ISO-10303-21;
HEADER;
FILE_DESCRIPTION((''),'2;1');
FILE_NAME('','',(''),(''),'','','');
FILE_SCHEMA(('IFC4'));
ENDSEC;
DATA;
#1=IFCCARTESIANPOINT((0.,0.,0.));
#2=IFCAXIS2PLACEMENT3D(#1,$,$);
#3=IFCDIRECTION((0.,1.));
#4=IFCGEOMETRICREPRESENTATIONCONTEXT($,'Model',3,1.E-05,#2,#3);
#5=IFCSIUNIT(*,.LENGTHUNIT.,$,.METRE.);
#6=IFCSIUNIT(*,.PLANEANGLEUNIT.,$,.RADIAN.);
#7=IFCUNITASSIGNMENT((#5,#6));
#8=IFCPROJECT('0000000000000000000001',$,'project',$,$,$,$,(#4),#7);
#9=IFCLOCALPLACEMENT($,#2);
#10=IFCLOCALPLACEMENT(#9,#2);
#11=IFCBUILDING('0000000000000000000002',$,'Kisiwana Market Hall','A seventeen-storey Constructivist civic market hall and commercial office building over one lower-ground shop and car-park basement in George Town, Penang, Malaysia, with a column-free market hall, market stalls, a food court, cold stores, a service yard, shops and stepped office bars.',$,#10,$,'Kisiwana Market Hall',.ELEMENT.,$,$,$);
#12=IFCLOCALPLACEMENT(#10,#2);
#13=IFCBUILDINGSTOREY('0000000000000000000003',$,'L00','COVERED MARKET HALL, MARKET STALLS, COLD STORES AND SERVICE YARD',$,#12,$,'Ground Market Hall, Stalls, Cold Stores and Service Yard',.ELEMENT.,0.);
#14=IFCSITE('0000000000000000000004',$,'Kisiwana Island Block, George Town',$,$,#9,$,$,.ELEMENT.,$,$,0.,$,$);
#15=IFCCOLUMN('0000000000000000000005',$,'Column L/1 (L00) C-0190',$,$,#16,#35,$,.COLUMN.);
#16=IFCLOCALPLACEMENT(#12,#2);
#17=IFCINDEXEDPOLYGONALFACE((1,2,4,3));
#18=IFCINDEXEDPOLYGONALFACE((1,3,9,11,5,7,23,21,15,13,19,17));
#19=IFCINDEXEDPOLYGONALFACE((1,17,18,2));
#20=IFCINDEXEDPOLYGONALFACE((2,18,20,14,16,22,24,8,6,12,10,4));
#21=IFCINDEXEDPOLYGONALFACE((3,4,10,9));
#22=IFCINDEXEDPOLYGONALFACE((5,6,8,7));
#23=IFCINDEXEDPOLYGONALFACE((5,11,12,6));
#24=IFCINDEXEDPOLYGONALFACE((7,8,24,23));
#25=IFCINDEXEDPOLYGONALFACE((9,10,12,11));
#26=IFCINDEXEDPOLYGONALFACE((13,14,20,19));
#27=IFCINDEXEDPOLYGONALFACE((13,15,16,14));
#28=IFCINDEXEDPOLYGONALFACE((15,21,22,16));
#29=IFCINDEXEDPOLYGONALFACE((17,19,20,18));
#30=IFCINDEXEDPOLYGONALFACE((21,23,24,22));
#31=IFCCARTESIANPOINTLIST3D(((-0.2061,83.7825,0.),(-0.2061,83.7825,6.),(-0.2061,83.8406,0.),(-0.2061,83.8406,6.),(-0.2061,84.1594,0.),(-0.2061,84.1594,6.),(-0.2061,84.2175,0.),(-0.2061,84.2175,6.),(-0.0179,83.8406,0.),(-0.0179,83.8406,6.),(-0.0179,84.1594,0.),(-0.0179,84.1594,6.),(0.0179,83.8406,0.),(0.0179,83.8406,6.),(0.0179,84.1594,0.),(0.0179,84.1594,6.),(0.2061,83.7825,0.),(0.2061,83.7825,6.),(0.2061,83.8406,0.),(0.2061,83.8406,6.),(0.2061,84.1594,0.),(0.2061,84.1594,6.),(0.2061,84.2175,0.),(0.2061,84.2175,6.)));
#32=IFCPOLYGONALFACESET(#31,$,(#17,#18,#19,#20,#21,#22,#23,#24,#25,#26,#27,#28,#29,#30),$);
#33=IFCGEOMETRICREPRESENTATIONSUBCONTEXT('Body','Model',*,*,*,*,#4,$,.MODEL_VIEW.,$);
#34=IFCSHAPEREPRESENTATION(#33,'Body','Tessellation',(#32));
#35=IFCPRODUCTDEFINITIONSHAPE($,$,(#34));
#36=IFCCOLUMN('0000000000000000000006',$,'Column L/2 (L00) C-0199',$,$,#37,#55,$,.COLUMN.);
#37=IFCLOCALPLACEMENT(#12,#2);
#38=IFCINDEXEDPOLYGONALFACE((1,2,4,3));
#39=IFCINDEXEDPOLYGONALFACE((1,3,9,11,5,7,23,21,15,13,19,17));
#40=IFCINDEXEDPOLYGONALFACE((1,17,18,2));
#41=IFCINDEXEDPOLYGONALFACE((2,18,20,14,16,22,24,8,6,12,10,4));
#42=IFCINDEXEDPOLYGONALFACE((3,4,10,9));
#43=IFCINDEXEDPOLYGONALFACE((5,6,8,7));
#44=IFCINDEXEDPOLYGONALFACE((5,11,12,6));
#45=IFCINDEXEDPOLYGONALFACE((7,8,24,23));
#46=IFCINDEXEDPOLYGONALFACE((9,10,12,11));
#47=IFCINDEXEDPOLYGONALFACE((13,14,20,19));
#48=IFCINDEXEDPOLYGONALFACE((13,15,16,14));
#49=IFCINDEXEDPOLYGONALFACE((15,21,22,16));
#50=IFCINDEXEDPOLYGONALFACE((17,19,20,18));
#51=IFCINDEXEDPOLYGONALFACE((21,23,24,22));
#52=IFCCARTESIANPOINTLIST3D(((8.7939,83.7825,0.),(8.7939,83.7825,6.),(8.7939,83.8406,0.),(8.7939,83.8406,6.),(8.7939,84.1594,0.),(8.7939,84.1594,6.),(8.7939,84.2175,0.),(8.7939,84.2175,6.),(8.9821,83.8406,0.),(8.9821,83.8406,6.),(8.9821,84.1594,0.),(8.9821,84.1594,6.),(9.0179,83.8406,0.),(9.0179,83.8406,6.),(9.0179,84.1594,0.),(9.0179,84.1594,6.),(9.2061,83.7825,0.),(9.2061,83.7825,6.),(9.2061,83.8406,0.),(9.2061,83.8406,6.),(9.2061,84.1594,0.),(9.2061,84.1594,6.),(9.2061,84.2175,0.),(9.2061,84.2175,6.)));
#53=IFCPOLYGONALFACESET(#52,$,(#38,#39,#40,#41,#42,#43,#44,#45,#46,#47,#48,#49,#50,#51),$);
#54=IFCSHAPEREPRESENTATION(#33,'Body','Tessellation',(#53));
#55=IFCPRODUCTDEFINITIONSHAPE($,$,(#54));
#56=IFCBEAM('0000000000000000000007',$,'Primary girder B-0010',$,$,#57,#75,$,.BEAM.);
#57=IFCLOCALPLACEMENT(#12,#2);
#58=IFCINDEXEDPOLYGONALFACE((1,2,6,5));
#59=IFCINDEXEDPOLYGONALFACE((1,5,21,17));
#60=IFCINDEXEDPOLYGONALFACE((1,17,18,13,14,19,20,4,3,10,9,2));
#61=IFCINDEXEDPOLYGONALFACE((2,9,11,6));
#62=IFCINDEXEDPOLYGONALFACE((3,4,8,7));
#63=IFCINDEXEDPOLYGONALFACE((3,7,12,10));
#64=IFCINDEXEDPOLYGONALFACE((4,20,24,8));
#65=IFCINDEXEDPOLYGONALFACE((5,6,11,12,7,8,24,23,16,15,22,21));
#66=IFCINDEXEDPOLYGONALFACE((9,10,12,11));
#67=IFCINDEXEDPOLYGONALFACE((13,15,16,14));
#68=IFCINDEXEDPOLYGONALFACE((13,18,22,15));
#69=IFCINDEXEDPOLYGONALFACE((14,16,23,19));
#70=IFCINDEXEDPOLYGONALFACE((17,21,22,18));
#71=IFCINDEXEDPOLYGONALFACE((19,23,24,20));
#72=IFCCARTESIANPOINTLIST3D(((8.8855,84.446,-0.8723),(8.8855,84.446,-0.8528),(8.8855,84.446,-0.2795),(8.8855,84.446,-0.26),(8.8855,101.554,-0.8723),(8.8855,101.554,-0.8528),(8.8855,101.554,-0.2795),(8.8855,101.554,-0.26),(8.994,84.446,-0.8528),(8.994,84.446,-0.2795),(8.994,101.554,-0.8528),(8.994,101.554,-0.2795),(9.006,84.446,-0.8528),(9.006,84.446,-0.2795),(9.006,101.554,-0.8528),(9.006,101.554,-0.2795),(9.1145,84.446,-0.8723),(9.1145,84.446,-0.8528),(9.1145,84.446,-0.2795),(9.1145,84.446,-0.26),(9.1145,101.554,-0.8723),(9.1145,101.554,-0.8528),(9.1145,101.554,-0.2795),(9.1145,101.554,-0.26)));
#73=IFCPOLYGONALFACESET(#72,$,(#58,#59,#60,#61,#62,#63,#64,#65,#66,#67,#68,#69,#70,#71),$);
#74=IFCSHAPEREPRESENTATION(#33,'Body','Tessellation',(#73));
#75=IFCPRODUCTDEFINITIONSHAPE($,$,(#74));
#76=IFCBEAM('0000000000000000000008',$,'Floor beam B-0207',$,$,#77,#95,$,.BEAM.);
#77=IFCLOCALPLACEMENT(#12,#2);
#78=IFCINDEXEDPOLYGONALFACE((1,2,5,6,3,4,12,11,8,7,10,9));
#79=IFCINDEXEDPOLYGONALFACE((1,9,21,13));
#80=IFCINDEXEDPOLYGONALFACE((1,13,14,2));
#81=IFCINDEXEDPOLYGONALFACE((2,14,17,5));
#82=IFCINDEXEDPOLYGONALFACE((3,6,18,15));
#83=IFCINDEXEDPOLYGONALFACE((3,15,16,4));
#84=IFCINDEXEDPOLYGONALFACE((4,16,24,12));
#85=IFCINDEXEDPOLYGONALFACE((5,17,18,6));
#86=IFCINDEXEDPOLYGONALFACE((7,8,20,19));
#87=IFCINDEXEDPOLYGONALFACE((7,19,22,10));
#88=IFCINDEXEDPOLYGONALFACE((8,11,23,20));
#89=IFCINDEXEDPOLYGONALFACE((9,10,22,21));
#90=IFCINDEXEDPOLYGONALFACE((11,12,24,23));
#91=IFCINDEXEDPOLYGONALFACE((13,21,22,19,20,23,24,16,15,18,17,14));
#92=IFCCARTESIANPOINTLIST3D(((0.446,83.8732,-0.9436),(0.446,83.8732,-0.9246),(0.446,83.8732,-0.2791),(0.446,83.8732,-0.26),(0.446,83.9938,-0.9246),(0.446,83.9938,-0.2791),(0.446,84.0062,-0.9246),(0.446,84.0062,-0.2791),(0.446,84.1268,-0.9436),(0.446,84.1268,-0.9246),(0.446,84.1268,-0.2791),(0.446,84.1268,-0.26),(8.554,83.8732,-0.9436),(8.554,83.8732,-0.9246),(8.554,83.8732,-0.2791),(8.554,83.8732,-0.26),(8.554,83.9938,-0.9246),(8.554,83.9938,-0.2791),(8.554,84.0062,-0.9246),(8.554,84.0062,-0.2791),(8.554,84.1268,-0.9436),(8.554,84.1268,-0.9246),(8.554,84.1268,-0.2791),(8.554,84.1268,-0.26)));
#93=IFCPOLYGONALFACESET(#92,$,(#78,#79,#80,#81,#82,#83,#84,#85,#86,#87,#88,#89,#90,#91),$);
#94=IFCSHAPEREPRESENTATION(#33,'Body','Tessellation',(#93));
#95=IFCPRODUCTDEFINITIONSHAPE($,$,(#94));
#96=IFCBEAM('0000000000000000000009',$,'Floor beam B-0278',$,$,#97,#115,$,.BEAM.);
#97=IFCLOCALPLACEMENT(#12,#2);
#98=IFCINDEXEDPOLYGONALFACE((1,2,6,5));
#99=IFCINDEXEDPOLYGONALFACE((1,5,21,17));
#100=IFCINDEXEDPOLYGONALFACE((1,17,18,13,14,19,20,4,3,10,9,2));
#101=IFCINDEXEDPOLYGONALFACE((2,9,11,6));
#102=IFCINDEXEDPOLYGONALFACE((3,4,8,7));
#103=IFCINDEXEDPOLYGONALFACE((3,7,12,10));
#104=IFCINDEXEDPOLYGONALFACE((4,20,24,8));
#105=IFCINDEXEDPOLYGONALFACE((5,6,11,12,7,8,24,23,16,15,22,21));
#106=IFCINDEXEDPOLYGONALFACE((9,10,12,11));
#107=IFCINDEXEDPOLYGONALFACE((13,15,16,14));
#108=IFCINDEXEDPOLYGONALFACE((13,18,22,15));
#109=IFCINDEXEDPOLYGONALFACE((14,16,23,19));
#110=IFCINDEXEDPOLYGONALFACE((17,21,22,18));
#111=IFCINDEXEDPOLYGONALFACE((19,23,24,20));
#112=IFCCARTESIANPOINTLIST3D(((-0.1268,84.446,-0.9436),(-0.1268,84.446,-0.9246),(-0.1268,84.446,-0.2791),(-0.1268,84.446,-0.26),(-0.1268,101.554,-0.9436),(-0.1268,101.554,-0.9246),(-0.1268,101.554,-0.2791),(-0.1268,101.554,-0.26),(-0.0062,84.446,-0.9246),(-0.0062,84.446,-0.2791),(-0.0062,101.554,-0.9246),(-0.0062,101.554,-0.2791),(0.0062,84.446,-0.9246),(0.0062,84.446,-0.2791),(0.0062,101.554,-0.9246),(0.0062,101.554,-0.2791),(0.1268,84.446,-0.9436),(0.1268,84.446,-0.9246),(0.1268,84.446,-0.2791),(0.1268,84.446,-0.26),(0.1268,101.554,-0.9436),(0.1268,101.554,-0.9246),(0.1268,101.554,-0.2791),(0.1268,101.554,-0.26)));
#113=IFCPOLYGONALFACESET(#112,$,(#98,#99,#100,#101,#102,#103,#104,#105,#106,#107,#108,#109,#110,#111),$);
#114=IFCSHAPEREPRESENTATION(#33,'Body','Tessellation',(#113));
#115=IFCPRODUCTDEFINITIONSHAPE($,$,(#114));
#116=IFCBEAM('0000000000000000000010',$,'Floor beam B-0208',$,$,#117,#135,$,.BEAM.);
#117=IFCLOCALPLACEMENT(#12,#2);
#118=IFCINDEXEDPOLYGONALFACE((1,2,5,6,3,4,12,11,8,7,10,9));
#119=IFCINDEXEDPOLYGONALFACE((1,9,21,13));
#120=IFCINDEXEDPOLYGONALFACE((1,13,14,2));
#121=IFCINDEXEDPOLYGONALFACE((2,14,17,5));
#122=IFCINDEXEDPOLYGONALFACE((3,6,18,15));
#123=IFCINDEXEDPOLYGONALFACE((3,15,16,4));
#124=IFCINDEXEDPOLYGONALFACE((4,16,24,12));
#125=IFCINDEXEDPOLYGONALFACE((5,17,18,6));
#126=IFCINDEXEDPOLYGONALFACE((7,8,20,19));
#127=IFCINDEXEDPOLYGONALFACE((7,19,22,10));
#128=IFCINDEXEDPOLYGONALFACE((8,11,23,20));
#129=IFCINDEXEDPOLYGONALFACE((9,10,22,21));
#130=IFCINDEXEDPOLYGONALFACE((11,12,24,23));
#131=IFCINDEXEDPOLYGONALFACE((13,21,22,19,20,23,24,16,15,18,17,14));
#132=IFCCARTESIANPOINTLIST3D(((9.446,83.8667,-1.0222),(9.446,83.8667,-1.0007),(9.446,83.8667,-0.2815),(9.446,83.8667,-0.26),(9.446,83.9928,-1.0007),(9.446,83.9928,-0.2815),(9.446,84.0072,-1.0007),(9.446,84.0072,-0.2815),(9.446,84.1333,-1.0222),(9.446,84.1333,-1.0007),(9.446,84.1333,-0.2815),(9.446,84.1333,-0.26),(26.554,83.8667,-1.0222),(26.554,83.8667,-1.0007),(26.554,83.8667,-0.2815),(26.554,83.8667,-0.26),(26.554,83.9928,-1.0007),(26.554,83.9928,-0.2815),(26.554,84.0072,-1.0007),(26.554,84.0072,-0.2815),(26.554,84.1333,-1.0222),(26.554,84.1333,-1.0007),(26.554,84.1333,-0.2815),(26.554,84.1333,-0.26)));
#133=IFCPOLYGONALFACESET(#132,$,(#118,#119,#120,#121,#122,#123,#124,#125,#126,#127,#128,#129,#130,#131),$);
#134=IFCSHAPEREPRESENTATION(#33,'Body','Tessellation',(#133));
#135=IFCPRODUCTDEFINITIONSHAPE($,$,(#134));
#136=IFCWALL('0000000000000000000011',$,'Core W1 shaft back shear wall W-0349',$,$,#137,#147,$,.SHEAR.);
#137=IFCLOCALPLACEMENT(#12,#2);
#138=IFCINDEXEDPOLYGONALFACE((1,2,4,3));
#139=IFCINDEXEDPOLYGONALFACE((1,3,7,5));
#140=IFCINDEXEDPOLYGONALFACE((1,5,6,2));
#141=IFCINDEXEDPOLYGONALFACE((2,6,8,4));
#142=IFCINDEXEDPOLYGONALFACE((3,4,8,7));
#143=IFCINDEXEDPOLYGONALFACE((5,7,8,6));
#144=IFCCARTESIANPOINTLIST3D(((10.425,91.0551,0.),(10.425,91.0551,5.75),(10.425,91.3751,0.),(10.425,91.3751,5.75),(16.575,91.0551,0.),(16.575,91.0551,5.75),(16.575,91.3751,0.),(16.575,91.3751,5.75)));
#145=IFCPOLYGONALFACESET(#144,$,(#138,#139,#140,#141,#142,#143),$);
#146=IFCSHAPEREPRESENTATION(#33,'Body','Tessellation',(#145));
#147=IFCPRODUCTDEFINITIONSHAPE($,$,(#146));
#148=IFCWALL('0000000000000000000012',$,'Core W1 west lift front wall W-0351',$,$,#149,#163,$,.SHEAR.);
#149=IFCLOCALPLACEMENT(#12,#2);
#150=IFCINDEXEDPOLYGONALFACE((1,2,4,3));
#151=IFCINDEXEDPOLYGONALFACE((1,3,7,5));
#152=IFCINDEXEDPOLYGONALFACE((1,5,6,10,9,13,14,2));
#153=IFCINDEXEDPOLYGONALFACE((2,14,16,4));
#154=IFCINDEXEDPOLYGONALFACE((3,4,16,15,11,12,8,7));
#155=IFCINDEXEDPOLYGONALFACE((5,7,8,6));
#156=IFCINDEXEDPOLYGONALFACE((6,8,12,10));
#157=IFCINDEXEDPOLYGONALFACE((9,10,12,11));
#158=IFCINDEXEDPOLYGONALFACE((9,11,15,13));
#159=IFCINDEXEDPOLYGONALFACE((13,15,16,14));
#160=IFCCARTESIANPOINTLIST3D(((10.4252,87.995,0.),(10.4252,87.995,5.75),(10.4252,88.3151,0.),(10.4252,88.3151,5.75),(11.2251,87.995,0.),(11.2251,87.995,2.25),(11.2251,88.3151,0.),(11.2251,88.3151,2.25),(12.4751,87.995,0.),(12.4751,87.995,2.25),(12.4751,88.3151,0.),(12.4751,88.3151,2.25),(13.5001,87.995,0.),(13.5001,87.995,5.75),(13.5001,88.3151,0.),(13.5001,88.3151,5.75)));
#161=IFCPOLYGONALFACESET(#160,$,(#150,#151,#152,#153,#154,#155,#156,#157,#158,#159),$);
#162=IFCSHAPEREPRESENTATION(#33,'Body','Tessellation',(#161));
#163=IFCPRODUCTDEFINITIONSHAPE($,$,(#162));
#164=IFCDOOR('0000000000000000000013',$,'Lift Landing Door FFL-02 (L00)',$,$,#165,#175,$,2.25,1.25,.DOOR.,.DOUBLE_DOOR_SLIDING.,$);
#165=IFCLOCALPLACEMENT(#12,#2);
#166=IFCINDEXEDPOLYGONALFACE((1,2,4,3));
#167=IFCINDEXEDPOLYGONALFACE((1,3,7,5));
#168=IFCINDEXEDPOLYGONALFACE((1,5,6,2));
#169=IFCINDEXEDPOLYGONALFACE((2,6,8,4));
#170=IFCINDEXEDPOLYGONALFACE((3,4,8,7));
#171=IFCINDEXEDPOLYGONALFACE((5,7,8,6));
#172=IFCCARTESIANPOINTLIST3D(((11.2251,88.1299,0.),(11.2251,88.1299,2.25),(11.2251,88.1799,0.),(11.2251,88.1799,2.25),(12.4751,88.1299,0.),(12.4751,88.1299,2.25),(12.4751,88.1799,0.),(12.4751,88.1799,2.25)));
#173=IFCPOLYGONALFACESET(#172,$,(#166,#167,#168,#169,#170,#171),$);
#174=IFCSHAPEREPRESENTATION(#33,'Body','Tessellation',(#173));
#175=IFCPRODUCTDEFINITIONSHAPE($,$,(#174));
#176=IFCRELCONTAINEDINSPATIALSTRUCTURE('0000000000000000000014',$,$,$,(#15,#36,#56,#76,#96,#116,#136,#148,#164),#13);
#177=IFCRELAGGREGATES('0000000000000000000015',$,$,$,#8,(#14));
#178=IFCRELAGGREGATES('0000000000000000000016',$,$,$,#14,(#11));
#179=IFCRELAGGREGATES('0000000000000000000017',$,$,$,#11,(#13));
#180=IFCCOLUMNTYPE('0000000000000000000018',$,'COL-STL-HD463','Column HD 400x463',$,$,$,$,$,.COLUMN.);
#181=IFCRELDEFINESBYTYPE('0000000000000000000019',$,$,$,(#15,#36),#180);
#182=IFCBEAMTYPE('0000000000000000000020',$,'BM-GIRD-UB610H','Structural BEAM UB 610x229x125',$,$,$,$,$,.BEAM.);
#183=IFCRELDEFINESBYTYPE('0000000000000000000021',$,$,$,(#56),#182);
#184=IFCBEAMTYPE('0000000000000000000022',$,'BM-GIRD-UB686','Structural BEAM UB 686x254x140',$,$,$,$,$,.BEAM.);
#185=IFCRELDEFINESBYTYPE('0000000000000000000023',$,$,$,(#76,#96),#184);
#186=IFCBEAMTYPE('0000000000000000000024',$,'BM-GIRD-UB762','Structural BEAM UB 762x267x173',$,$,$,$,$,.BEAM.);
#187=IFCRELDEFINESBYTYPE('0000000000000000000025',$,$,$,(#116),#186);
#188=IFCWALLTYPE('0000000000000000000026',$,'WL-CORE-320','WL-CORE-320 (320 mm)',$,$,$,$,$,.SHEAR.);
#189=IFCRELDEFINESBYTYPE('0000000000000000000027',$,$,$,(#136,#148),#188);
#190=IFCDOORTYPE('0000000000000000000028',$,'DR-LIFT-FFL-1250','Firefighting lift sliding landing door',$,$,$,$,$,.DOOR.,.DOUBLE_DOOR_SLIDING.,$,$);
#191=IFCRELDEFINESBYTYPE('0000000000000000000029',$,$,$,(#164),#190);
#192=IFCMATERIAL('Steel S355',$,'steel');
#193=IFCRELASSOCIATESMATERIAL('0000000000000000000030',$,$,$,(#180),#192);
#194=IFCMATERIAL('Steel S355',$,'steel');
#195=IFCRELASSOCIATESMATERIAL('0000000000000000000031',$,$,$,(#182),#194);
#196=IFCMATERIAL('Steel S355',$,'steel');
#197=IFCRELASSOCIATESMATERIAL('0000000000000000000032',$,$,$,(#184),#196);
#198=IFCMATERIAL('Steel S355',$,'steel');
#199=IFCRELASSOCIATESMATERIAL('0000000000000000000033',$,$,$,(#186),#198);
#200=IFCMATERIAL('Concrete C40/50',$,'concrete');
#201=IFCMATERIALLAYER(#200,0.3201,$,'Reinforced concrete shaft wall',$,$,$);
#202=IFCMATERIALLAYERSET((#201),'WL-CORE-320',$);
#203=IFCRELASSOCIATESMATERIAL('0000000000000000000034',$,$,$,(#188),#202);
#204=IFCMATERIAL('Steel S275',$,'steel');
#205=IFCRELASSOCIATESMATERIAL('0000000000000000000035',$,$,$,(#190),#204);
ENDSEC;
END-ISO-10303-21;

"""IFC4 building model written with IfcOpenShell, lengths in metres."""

from ifc_helpers import new_model, si_unit, direction, frame, frame_2d, origin, origin_2d, place, context, subcontext, project, spatial, rectangle, i_section, extrude, material, layer, layer_set, material_profile, profile_set, type_object, element, fill, save


model = new_model("IFC4")

# Units and contexts
model_context = context("Model", 3, precision=1e-05, world=origin(), true_north=direction((0.0, 1.0)))
body_context = subcontext(model_context, "Body", "Model", "MODEL_VIEW")
ifc_project = project(units=[si_unit("LENGTHUNIT", "METRE"), si_unit("PLANEANGLEUNIT", "RADIAN")], contexts=[model_context])

# Site, building, storey
site_placement = place(None, origin())
site = spatial("IfcSite", under=ifc_project, at=site_placement, Name="Kisiwana Island Block, George Town", CompositionType="ELEMENT", RefElevation=0.0)
building_placement = place(site_placement, origin())
building = spatial("IfcBuilding", under=site, at=building_placement, Name="Kisiwana Market Hall", Description="A seventeen-storey Constructivist civic market hall and commercial office building over one lower-ground shop and car-park basement in George Town, Penang, Malaysia, with a column-free market hall, market stalls, a food court, cold stores, a service yard, shops and stepped office bars.", LongName="Kisiwana Market Hall", CompositionType="ELEMENT")
storey_placement = place(building_placement, origin())
storey = spatial("IfcBuildingStorey", under=building, at=storey_placement, Name="L00", Description="COVERED MARKET HALL, MARKET STALLS, COLD STORES AND SERVICE YARD", LongName="Ground Market Hall, Stalls, Cold Stores and Service Yard", CompositionType="ELEMENT", Elevation=0.0)

# Columns
ifc_material_1 = material(Name="Steel S355", Category="steel")
ifc_material_profile_1 = material_profile(ifc_material_1, i_section(OverallWidth=0.4121, OverallDepth=0.4351, WebThickness=0.0359, FlangeThickness=0.0581, at=origin_2d()), Name="HD 400x463")
ifc_profile_set_1 = profile_set([ifc_material_profile_1], Name="Steel S355")
column_type = type_object("IfcColumnType", Name="COL-STL-HD463", Description="Column HD 400x463", PredefinedType="COLUMN", material=ifc_profile_set_1)
for number, where, z_axis, x_axis, name in (
    (1, (0.0, 84.0, 0.0), (0.0, 0.0, 1.0), (1.0, 0.0, 0.0), "Column L/1 (L00) C-0190"),
    (2, (9.0, 84.0, 0.0), (0.0, 0.0, 1.0), (1.0, 0.0, 0.0), "Column L/2 (L00) C-0199"),
):
    element("IfcColumn", number, at=place(storey_placement, frame(where, z_axis=z_axis, x_axis=x_axis)), inside=storey, type_object=column_type, Name=name, PredefinedType="COLUMN", context=body_context, shape_type="SweptSolid", body=[
        extrude(i_section(OverallWidth=0.4121, OverallDepth=0.4351, WebThickness=0.0359, FlangeThickness=0.0581, at=origin_2d()), origin(), (0.0, 0.0, 1.0), 6.0),
    ])

# Beams
ifc_material_2 = material(Name="Steel S355", Category="steel")
ifc_material_profile_2 = material_profile(ifc_material_2, i_section(OverallWidth=0.229, OverallDepth=0.6123, WebThickness=0.012, FlangeThickness=0.0195, at=origin_2d()), Name="UB 610x229x125")
ifc_profile_set_2 = profile_set([ifc_material_profile_2], Name="Steel S355")
beam_type_1 = type_object("IfcBeamType", Name="BM-GIRD-UB610H", Description="Structural BEAM UB 610x229x125", PredefinedType="BEAM", material=ifc_profile_set_2)
beam_1_placement = place(storey_placement, frame((9.0, 84.446, -0.5662), z_axis=(0.0, 1.0, 0.0), x_axis=(-1.0, 0.0, 0.0)))
element("IfcBeam", 3, at=beam_1_placement, inside=storey, type_object=beam_type_1, Name="Primary girder B-0010", PredefinedType="BEAM", context=body_context, shape_type="SweptSolid", body=[
    extrude(i_section(OverallWidth=0.229, OverallDepth=0.6123, WebThickness=0.012, FlangeThickness=0.0195, at=origin_2d()), origin(), (0.0, 0.0, 1.0), 17.1079),
])
ifc_material_3 = material(Name="Steel S355", Category="steel")
ifc_material_profile_3 = material_profile(ifc_material_3, i_section(OverallWidth=0.2537, OverallDepth=0.6836, WebThickness=0.0125, FlangeThickness=0.019, at=origin_2d()), Name="UB 686x254x140")
ifc_profile_set_3 = profile_set([ifc_material_profile_3], Name="Steel S355")
beam_type_2 = type_object("IfcBeamType", Name="BM-GIRD-UB686", Description="Structural BEAM UB 686x254x140", PredefinedType="BEAM", material=ifc_profile_set_3)
beam_2_placement = place(storey_placement, frame((0.446, 84.0, -0.6018), z_axis=(1.0, 0.0, 0.0), x_axis=(0.0, 1.0, 0.0)))
element("IfcBeam", 4, at=beam_2_placement, inside=storey, type_object=beam_type_2, Name="Floor beam B-0207", PredefinedType="BEAM", context=body_context, shape_type="SweptSolid", body=[
    extrude(i_section(OverallWidth=0.2537, OverallDepth=0.6836, WebThickness=0.0125, FlangeThickness=0.019, at=origin_2d()), origin(), (0.0, 0.0, 1.0), 8.1079),
])
beam_3_placement = place(storey_placement, frame((0.0, 84.446, -0.6018), z_axis=(0.0, 1.0, 0.0), x_axis=(-1.0, 0.0, 0.0)))
element("IfcBeam", 5, at=beam_3_placement, inside=storey, type_object=beam_type_2, Name="Floor beam B-0278", PredefinedType="BEAM", context=body_context, shape_type="SweptSolid", body=[
    extrude(i_section(OverallWidth=0.2537, OverallDepth=0.6836, WebThickness=0.0125, FlangeThickness=0.019, at=origin_2d()), origin(), (0.0, 0.0, 1.0), 17.1079),
])
ifc_material_4 = material(Name="Steel S355", Category="steel")
ifc_material_profile_4 = material_profile(ifc_material_4, i_section(OverallWidth=0.2666, OverallDepth=0.7622, WebThickness=0.0144, FlangeThickness=0.0215, at=origin_2d()), Name="UB 762x267x173")
ifc_profile_set_4 = profile_set([ifc_material_profile_4], Name="Steel S355")
beam_type_3 = type_object("IfcBeamType", Name="BM-GIRD-UB762", Description="Structural BEAM UB 762x267x173", PredefinedType="BEAM", material=ifc_profile_set_4)
beam_4_placement = place(storey_placement, frame((9.446, 84.0, -0.6411), z_axis=(1.0, 0.0, 0.0), x_axis=(0.0, 1.0, 0.0)))
element("IfcBeam", 6, at=beam_4_placement, inside=storey, type_object=beam_type_3, Name="Floor beam B-0208", PredefinedType="BEAM", context=body_context, shape_type="SweptSolid", body=[
    extrude(i_section(OverallWidth=0.2666, OverallDepth=0.7622, WebThickness=0.0144, FlangeThickness=0.0215, at=origin_2d()), origin(), (0.0, 0.0, 1.0), 17.1079),
])

# Wall
ifc_material_5 = material(Name="Concrete C40/50", Category="concrete")
ifc_layer_1 = layer(ifc_material_5, 0.3201, Name="Reinforced concrete shaft wall")
ifc_layer_set_1 = layer_set([ifc_layer_1], Name="WL-CORE-320")
wall_type_1 = type_object("IfcWallType", Name="WL-CORE-320", Description="WL-CORE-320 (320 mm)", PredefinedType="SHEAR", material=ifc_layer_set_1)
wall_1_placement = place(storey_placement, frame((10.425, 91.2151, 0.0), z_axis=(0.0, 0.0, 1.0), x_axis=(1.0, 0.0, 0.0)))
element("IfcWall", 7, at=wall_1_placement, inside=storey, type_object=wall_type_1, Name="Core W1 shaft back shear wall W-0349", PredefinedType="SHEAR", context=body_context, shape_type="SweptSolid", body=[
    extrude(rectangle(XDim=6.1499, YDim=0.3201, at=frame_2d((3.075, 0.0))), origin(), (0.0, 0.0, 1.0), 5.75),
])

# Wall, opening, door
wall_2_placement = place(storey_placement, frame((10.425, 88.155, 0.0), z_axis=(0.0, 0.0, 1.0), x_axis=(1.0, 0.0, 0.0)))
wall_2 = element("IfcWall", 8, at=wall_2_placement, inside=storey, type_object=wall_type_1, Name="Core W1 west lift front wall W-0351", PredefinedType="SHEAR", context=body_context, shape_type="SweptSolid", body=[
    extrude(rectangle(XDim=3.075, YDim=0.3201, at=frame_2d((1.5376, 0.0))), origin(), (0.0, 0.0, 1.0), 5.75),
])
opening_1_placement = place(wall_2_placement, frame((0.8, 0.0, 0.0)))
opening_1 = element("IfcOpeningElement", 9, at=opening_1_placement, cuts=wall_2, PredefinedType="OPENING", context=body_context, shape_type="SweptSolid", body=[
    extrude(rectangle(XDim=1.25, YDim=2.25, at=frame_2d((0.625, 1.125))), frame((0.0, 0.1719, 0.0), z_axis=(0.0, -1.0, 0.0), x_axis=(1.0, 0.0, 0.0)), (0.0, 0.0, 1.0), 0.344),
])
ifc_material_6 = material(Name="Steel S275", Category="steel")
door_type_1 = type_object("IfcDoorType", Name="DR-LIFT-FFL-1250", Description="Firefighting lift sliding landing door", OperationType="DOUBLE_DOOR_SLIDING", PredefinedType="DOOR", material=ifc_material_6)
door_1_placement = place(opening_1_placement, origin())
door_1 = element("IfcDoor", 10, at=door_1_placement, inside=storey, type_object=door_type_1, Name="Lift Landing Door FFL-02 (L00)", OperationType="DOUBLE_DOOR_SLIDING", OverallHeight=2.25, OverallWidth=1.25, PredefinedType="DOOR", context=body_context, shape_type="SweptSolid", body=[
    extrude(rectangle(XDim=1.25, YDim=2.25, at=frame_2d((0.625, 1.125))), frame((0.0, 0.0249, 0.0), z_axis=(0.0, -1.0, 0.0), x_axis=(1.0, 0.0, 0.0)), (0.0, 0.0, 1.0), 0.05),
])
fill(opening_1, door_1)

save(model, "model.ifc")
